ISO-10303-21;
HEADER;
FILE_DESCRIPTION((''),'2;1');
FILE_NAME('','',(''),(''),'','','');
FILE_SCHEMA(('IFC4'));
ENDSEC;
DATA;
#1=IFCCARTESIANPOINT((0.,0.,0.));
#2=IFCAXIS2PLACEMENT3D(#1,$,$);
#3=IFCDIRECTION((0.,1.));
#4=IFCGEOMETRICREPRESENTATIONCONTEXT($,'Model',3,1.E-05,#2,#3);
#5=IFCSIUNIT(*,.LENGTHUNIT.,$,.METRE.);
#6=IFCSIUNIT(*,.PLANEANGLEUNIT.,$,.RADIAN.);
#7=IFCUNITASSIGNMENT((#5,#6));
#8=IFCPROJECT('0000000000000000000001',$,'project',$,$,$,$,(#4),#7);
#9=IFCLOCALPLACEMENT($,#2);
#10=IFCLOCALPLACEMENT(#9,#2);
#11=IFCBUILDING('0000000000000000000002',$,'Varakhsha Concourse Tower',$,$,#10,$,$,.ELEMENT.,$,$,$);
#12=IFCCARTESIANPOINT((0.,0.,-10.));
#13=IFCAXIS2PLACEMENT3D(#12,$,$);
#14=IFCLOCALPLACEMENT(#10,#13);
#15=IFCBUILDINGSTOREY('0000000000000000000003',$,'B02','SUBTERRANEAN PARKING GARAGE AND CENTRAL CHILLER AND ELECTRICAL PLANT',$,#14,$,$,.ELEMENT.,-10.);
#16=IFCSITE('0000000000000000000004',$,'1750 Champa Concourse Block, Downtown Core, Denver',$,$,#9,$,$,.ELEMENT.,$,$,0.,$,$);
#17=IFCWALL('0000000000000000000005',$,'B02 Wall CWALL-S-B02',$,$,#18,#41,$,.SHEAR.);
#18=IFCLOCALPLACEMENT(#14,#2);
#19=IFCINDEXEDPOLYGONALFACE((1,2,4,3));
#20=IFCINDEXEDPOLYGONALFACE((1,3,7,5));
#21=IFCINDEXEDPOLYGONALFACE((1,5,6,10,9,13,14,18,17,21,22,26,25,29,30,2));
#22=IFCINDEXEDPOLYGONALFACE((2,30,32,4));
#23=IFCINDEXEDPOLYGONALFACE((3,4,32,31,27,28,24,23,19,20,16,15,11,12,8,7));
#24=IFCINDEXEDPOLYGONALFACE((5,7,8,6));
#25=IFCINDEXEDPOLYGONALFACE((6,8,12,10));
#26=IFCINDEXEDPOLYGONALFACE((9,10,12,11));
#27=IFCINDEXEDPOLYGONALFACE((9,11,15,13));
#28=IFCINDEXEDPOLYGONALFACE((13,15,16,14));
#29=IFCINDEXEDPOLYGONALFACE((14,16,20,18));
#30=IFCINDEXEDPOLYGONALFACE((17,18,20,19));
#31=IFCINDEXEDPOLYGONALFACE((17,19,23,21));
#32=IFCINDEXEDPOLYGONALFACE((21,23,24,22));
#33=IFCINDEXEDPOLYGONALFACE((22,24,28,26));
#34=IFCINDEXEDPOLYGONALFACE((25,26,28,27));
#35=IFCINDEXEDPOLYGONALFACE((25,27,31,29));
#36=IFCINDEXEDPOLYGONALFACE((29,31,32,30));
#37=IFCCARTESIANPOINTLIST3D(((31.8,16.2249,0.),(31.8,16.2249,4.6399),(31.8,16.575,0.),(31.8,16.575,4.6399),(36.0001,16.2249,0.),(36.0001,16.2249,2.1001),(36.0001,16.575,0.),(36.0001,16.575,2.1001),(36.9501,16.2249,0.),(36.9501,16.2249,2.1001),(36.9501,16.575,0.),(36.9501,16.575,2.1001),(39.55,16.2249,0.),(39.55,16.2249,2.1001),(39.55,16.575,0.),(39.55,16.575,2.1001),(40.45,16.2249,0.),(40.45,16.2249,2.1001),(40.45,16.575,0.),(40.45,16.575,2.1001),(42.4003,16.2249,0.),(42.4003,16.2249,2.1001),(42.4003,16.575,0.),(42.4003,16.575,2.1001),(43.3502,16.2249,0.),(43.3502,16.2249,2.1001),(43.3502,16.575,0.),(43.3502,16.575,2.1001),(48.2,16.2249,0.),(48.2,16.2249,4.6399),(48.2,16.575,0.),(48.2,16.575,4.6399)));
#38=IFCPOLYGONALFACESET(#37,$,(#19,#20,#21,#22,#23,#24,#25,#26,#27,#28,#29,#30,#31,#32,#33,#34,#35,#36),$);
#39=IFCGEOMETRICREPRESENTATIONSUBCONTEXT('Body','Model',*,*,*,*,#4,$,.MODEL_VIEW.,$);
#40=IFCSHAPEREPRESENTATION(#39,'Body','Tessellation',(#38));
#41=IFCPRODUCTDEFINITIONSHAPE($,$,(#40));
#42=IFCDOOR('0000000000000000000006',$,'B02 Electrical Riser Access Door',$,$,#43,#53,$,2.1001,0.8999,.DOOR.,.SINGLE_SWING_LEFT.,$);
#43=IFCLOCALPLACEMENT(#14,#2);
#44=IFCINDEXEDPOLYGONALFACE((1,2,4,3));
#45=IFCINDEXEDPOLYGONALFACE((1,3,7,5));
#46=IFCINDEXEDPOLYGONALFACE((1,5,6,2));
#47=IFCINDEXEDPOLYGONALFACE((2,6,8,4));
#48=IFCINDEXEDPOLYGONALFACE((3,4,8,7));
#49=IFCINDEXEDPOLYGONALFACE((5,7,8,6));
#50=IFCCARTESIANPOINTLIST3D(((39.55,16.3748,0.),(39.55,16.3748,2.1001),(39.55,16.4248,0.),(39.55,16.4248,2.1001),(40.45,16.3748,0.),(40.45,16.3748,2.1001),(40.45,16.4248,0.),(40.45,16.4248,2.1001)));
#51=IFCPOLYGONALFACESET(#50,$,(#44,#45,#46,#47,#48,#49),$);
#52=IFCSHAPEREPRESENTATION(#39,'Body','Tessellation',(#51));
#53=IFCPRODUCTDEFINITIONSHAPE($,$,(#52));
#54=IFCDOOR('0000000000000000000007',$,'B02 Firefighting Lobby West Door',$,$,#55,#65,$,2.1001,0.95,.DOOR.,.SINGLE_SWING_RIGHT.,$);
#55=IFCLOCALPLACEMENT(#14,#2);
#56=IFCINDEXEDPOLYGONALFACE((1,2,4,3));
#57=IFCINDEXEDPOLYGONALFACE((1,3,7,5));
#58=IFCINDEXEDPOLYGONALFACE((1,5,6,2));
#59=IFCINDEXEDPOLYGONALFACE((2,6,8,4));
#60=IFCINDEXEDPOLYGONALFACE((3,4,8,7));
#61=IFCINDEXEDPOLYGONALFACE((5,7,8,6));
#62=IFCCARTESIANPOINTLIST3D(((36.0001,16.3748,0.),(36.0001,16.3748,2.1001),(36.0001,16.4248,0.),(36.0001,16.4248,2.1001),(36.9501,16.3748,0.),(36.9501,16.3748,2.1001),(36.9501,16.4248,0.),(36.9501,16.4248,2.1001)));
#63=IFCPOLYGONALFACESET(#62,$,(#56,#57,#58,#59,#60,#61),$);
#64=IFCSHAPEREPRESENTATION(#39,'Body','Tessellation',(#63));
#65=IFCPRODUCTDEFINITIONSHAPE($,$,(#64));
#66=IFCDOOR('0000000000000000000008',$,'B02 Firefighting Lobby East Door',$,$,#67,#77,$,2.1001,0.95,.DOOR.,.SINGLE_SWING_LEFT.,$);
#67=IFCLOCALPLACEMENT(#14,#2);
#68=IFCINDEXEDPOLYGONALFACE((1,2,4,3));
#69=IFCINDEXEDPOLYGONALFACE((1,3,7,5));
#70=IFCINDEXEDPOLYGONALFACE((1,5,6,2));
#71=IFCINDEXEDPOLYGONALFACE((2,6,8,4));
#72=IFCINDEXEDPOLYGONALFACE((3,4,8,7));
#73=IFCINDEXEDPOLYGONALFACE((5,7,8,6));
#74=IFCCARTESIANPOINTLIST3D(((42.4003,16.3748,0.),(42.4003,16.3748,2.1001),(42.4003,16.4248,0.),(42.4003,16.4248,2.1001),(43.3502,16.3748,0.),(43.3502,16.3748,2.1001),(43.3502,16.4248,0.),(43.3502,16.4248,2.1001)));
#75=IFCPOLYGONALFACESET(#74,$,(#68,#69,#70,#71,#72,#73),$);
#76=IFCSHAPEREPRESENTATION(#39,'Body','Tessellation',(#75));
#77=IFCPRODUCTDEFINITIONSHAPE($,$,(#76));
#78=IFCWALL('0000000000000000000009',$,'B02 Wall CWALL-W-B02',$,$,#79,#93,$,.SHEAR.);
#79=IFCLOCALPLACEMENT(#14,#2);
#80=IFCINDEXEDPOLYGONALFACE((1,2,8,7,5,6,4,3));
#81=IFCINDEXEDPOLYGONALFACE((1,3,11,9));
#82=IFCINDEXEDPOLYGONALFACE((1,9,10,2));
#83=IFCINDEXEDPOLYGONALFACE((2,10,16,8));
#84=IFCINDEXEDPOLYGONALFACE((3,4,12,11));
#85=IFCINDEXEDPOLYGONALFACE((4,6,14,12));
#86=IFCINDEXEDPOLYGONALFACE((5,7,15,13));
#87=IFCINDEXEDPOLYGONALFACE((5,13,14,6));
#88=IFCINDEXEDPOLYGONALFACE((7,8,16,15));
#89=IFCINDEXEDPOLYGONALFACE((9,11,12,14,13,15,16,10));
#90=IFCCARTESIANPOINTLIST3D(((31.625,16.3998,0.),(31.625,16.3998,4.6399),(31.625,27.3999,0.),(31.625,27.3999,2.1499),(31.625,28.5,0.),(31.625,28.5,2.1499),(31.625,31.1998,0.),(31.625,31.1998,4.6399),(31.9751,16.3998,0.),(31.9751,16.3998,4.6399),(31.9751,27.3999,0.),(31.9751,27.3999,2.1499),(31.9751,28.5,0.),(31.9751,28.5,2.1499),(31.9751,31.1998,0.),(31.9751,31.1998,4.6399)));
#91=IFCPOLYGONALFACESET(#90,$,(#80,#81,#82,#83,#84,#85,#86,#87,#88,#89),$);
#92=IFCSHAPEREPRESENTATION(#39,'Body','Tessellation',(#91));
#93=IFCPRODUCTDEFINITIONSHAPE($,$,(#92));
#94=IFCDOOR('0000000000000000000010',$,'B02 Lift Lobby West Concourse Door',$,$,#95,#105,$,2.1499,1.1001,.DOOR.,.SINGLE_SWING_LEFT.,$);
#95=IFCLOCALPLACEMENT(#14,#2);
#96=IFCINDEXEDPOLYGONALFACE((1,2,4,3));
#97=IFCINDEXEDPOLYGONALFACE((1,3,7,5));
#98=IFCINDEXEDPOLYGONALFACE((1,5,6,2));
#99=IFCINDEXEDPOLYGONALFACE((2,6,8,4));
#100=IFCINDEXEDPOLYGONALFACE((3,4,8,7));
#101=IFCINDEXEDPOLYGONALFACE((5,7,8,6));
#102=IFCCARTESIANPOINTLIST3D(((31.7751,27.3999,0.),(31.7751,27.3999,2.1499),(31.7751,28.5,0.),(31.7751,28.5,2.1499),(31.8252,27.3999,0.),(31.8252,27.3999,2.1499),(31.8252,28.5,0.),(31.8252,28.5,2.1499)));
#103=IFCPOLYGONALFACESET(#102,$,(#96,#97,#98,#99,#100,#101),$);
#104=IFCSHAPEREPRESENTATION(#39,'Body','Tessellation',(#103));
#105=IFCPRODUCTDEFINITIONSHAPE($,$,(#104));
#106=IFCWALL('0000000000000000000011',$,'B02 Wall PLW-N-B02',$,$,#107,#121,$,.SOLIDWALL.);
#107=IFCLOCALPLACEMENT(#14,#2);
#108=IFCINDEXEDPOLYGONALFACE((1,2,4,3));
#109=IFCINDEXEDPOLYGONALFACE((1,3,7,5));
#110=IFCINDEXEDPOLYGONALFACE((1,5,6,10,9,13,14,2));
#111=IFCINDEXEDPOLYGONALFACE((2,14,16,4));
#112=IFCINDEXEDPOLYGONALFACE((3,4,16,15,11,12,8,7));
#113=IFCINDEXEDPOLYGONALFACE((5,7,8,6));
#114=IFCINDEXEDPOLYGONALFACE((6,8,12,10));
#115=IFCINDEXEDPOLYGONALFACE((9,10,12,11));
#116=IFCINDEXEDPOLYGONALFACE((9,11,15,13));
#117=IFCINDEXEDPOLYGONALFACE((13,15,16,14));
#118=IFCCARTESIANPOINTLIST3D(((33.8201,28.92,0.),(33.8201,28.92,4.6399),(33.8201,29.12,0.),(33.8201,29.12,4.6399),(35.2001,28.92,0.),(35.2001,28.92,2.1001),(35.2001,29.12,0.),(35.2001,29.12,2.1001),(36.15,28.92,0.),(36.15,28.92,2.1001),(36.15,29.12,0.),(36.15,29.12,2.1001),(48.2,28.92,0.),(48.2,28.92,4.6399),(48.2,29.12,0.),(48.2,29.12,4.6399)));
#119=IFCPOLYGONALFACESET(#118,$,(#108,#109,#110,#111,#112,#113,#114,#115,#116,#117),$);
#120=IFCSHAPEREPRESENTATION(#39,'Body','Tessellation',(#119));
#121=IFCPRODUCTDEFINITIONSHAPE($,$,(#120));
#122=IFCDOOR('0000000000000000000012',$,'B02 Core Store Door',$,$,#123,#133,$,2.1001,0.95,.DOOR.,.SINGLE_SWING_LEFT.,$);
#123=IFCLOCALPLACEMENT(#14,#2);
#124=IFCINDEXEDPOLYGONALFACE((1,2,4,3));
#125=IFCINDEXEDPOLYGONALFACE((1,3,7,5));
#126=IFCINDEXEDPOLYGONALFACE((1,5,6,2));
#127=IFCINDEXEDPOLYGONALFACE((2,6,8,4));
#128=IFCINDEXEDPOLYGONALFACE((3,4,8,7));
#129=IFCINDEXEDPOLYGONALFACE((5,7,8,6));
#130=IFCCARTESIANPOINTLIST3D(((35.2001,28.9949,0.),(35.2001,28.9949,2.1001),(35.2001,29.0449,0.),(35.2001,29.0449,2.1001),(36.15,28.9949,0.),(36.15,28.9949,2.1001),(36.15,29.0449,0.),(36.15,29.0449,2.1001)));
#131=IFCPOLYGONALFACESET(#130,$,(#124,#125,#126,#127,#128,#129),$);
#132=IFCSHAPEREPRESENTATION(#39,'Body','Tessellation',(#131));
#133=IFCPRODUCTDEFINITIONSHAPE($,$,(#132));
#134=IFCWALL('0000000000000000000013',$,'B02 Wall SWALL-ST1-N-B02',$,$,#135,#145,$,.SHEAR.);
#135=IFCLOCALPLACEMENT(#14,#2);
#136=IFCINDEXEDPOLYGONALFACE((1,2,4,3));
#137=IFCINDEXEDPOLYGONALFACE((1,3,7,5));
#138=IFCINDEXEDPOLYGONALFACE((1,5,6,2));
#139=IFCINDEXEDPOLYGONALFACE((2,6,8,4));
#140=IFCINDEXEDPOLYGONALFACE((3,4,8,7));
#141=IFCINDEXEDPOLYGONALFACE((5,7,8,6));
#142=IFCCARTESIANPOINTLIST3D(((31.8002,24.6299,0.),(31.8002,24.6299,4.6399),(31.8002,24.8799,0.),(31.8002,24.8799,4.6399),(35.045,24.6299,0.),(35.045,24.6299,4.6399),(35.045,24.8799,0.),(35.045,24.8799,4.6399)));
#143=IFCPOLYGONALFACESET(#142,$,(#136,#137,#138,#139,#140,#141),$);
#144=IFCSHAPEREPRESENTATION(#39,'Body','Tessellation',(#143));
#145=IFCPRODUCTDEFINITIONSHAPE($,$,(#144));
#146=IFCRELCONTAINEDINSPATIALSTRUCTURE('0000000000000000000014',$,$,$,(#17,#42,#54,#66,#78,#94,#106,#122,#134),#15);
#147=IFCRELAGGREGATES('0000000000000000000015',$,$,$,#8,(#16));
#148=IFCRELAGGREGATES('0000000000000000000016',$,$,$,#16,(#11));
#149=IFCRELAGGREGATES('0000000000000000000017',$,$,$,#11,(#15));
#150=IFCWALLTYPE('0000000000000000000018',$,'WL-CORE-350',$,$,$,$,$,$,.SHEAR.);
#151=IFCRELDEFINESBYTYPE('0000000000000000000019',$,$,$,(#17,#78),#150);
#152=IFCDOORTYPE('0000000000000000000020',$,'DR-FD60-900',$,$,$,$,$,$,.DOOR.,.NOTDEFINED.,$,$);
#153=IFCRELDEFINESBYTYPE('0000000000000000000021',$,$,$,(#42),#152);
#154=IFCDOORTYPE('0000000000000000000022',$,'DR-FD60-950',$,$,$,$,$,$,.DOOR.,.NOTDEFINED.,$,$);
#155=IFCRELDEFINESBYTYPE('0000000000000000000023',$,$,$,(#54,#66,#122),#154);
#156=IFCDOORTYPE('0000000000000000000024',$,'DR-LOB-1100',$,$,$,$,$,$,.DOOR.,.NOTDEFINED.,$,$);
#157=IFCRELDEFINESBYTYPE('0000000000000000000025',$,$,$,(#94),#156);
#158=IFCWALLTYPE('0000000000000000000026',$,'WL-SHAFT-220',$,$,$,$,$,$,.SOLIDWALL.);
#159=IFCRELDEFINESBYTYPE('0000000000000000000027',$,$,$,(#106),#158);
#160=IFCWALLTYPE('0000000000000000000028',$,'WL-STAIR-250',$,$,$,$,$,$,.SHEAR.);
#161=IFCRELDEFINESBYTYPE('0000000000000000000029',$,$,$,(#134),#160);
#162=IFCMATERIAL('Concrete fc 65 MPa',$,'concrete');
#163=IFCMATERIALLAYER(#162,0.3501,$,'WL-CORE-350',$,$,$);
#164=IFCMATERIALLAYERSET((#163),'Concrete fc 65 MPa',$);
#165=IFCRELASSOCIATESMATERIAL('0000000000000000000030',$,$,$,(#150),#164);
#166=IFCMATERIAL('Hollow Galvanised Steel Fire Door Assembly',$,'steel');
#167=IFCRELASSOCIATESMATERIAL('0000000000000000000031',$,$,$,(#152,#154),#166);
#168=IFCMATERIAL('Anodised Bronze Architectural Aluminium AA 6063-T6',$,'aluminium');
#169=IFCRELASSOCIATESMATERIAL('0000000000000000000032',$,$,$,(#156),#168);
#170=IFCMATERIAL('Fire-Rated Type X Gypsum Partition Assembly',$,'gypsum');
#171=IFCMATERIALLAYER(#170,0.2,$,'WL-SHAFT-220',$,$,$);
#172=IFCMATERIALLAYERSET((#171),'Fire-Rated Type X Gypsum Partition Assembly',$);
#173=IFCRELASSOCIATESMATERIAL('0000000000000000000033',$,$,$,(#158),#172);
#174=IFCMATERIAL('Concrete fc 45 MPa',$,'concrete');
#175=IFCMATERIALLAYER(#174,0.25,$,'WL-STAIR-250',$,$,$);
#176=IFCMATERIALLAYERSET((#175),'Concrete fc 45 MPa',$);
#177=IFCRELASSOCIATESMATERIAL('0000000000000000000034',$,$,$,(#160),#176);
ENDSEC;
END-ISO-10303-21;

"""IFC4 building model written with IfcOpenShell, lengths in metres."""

from ifc_helpers import new_model, si_unit, direction, frame, frame_2d, origin, place, context, subcontext, project, spatial, rectangle, extrude, material, layer, layer_set, type_object, element, fill, save


model = new_model("IFC4")

# Units and contexts
model_context = context("Model", 3, precision=1e-05, world=origin(), true_north=direction((0.0, 1.0)))
body_context = subcontext(model_context, "Body", "Model", "MODEL_VIEW")
ifc_project = project(units=[si_unit("LENGTHUNIT", "METRE"), si_unit("PLANEANGLEUNIT", "RADIAN")], contexts=[model_context])

# Site, building, storey
site_placement = place(None, origin())
site = spatial("IfcSite", under=ifc_project, at=site_placement, Name="1750 Champa Concourse Block, Downtown Core, Denver", CompositionType="ELEMENT", RefElevation=0.0)
building_placement = place(site_placement, origin())
building = spatial("IfcBuilding", under=site, at=building_placement, Name="Varakhsha Concourse Tower", CompositionType="ELEMENT")
storey_placement = place(building_placement, frame((0.0, 0.0, -10.0)))
storey = spatial("IfcBuildingStorey", under=building, at=storey_placement, Name="B02", Description="SUBTERRANEAN PARKING GARAGE AND CENTRAL CHILLER AND ELECTRICAL PLANT", CompositionType="ELEMENT", Elevation=-10.0)

# Shared definitions
ifc_material_1 = material(Name="Concrete fc 65 MPa", Category="concrete")

# Wall, openings, doors
ifc_layer_1 = layer(ifc_material_1, 0.3501, Name="WL-CORE-350")
ifc_layer_set_1 = layer_set([ifc_layer_1], Name="Concrete fc 65 MPa")
wall_type_1 = type_object("IfcWallType", Name="WL-CORE-350", PredefinedType="SHEAR", material=ifc_layer_set_1)
wall_1_placement = place(storey_placement, frame((31.8, 16.3999, 0.0), z_axis=(0.0, 0.0, 1.0), x_axis=(1.0, 0.0, 0.0)))
wall_1 = element("IfcWall", 1, at=wall_1_placement, inside=storey, type_object=wall_type_1, Name="B02 Wall CWALL-S-B02", PredefinedType="SHEAR", context=body_context, shape_type="SweptSolid", body=[
    extrude(rectangle(XDim=16.3999, YDim=0.3501, at=frame_2d((8.2, 0.0))), origin(), (0.0, 0.0, 1.0), 4.6399),
])
opening_1_placement = place(wall_1_placement, frame((7.75, 0.0, 0.0)))
opening_1 = element("IfcOpeningElement", 2, at=opening_1_placement, cuts=wall_1, PredefinedType="OPENING", context=body_context, shape_type="SweptSolid", body=[
    extrude(rectangle(XDim=0.8999, YDim=2.1001, at=frame_2d((0.45, 1.05))), frame((0.0, 0.1851, 0.0), z_axis=(0.0, -1.0, 0.0), x_axis=(1.0, 0.0, 0.0)), (0.0, 0.0, 1.0), 0.3701),
])
opening_2_placement = place(wall_1_placement, frame((4.2, 0.0, 0.0)))
opening_2 = element("IfcOpeningElement", 3, at=opening_2_placement, cuts=wall_1, PredefinedType="OPENING", context=body_context, shape_type="SweptSolid", body=[
    extrude(rectangle(XDim=0.95, YDim=2.1001, at=frame_2d((0.4751, 1.05))), frame((0.0, 0.1851, 0.0), z_axis=(0.0, -1.0, 0.0), x_axis=(1.0, 0.0, 0.0)), (0.0, 0.0, 1.0), 0.3701),
])
opening_3_placement = place(wall_1_placement, frame((10.6001, 0.0, 0.0)))
opening_3 = element("IfcOpeningElement", 4, at=opening_3_placement, cuts=wall_1, PredefinedType="OPENING", context=body_context, shape_type="SweptSolid", body=[
    extrude(rectangle(XDim=0.95, YDim=2.1001, at=frame_2d((0.4751, 1.05))), frame((0.0, 0.1851, 0.0), z_axis=(0.0, -1.0, 0.0), x_axis=(1.0, 0.0, 0.0)), (0.0, 0.0, 1.0), 0.3701),
])
ifc_material_2 = material(Name="Hollow Galvanised Steel Fire Door Assembly", Category="steel")
door_type_1 = type_object("IfcDoorType", Name="DR-FD60-900", OperationType="NOTDEFINED", PredefinedType="DOOR", material=ifc_material_2)
door_1_placement = place(opening_1_placement, origin())
door_1 = element("IfcDoor", 5, at=door_1_placement, inside=storey, type_object=door_type_1, Name="B02 Electrical Riser Access Door", OperationType="SINGLE_SWING_LEFT", OverallHeight=2.1001, OverallWidth=0.8999, PredefinedType="DOOR", context=body_context, shape_type="SweptSolid", body=[
    extrude(rectangle(XDim=0.8999, YDim=2.1001, at=frame_2d((0.45, 1.05))), frame((0.0, 0.0249, 0.0), z_axis=(0.0, -1.0, 0.0), x_axis=(1.0, 0.0, 0.0)), (0.0, 0.0, 1.0), 0.05),
])
fill(opening_1, door_1)
door_type_2 = type_object("IfcDoorType", Name="DR-FD60-950", OperationType="NOTDEFINED", PredefinedType="DOOR", material=ifc_material_2)
door_2_placement = place(opening_2_placement, origin())
door_2 = element("IfcDoor", 6, at=door_2_placement, inside=storey, type_object=door_type_2, Name="B02 Firefighting Lobby West Door", OperationType="SINGLE_SWING_RIGHT", OverallHeight=2.1001, OverallWidth=0.95, PredefinedType="DOOR", context=body_context, shape_type="SweptSolid", body=[
    extrude(rectangle(XDim=0.95, YDim=2.1001, at=frame_2d((0.4751, 1.05))), frame((0.0, 0.0249, 0.0), z_axis=(0.0, -1.0, 0.0), x_axis=(1.0, 0.0, 0.0)), (0.0, 0.0, 1.0), 0.05),
])
fill(opening_2, door_2)
door_3_placement = place(opening_3_placement, origin())
door_3 = element("IfcDoor", 7, at=door_3_placement, inside=storey, type_object=door_type_2, Name="B02 Firefighting Lobby East Door", OperationType="SINGLE_SWING_LEFT", OverallHeight=2.1001, OverallWidth=0.95, PredefinedType="DOOR", context=body_context, shape_type="SweptSolid", body=[
    extrude(rectangle(XDim=0.95, YDim=2.1001, at=frame_2d((0.4751, 1.05))), frame((0.0, 0.0249, 0.0), z_axis=(0.0, -1.0, 0.0), x_axis=(1.0, 0.0, 0.0)), (0.0, 0.0, 1.0), 0.05),
])
fill(opening_3, door_3)

# Walls, openings, doors
wall_2_placement = place(storey_placement, frame((31.8, 16.3999, 0.0), z_axis=(0.0, 0.0, 1.0), x_axis=(0.0, 1.0, 0.0)))
wall_2 = element("IfcWall", 8, at=wall_2_placement, inside=storey, type_object=wall_type_1, Name="B02 Wall CWALL-W-B02", PredefinedType="SHEAR", context=body_context, shape_type="SweptSolid", body=[
    extrude(rectangle(XDim=14.8, YDim=0.3501, at=frame_2d((7.3999, 0.0))), origin(), (0.0, 0.0, 1.0), 4.6399),
])
opening_4_placement = place(wall_2_placement, frame((11.0, 0.0, 0.0)))
opening_4 = element("IfcOpeningElement", 9, at=opening_4_placement, cuts=wall_2, PredefinedType="OPENING", context=body_context, shape_type="SweptSolid", body=[
    extrude(rectangle(XDim=1.1001, YDim=2.1499, at=frame_2d((0.55, 1.075))), frame((0.0, 0.1851, 0.0), z_axis=(0.0, -1.0, 0.0), x_axis=(1.0, 0.0, 0.0)), (0.0, 0.0, 1.0), 0.3701),
])
ifc_material_3 = material(Name="Anodised Bronze Architectural Aluminium AA 6063-T6", Category="aluminium")
door_type_3 = type_object("IfcDoorType", Name="DR-LOB-1100", OperationType="NOTDEFINED", PredefinedType="DOOR", material=ifc_material_3)
door_4_placement = place(opening_4_placement, origin())
door_4 = element("IfcDoor", 10, at=door_4_placement, inside=storey, type_object=door_type_3, Name="B02 Lift Lobby West Concourse Door", OperationType="SINGLE_SWING_LEFT", OverallHeight=2.1499, OverallWidth=1.1001, PredefinedType="DOOR", context=body_context, shape_type="SweptSolid", body=[
    extrude(rectangle(XDim=1.1001, YDim=2.1499, at=frame_2d((0.55, 1.075))), frame((0.0, 0.0249, 0.0), z_axis=(0.0, -1.0, 0.0), x_axis=(1.0, 0.0, 0.0)), (0.0, 0.0, 1.0), 0.05),
])
fill(opening_4, door_4)
ifc_material_4 = material(Name="Fire-Rated Type X Gypsum Partition Assembly", Category="gypsum")
ifc_layer_2 = layer(ifc_material_4, 0.2, Name="WL-SHAFT-220")
ifc_layer_set_2 = layer_set([ifc_layer_2], Name="Fire-Rated Type X Gypsum Partition Assembly")
wall_type_2 = type_object("IfcWallType", Name="WL-SHAFT-220", PredefinedType="SOLIDWALL", material=ifc_layer_set_2)
wall_3_placement = place(storey_placement, frame((33.8201, 29.02, 0.0), z_axis=(0.0, 0.0, 1.0), x_axis=(1.0, 0.0, 0.0)))
wall_3 = element("IfcWall", 11, at=wall_3_placement, inside=storey, type_object=wall_type_2, Name="B02 Wall PLW-N-B02", PredefinedType="SOLIDWALL", context=body_context, shape_type="SweptSolid", body=[
    extrude(rectangle(XDim=14.3799, YDim=0.2, at=frame_2d((7.1899, 0.0))), origin(), (0.0, 0.0, 1.0), 4.6399),
])
opening_5_placement = place(wall_3_placement, frame((1.3799, 0.0, 0.0)))
opening_5 = element("IfcOpeningElement", 12, at=opening_5_placement, cuts=wall_3, PredefinedType="OPENING", context=body_context, shape_type="SweptSolid", body=[
    extrude(rectangle(XDim=0.95, YDim=2.1001, at=frame_2d((0.4751, 1.05))), frame((0.0, 0.1099, 0.0), z_axis=(0.0, -1.0, 0.0), x_axis=(1.0, 0.0, 0.0)), (0.0, 0.0, 1.0), 0.22),
])
door_5_placement = place(opening_5_placement, origin())
door_5 = element("IfcDoor", 13, at=door_5_placement, inside=storey, type_object=door_type_2, Name="B02 Core Store Door", OperationType="SINGLE_SWING_LEFT", OverallHeight=2.1001, OverallWidth=0.95, PredefinedType="DOOR", context=body_context, shape_type="SweptSolid", body=[
    extrude(rectangle(XDim=0.95, YDim=2.1001, at=frame_2d((0.4751, 1.05))), frame((0.0, 0.0249, 0.0), z_axis=(0.0, -1.0, 0.0), x_axis=(1.0, 0.0, 0.0)), (0.0, 0.0, 1.0), 0.05),
])
fill(opening_5, door_5)

# Wall
ifc_material_5 = material(Name="Concrete fc 45 MPa", Category="concrete")
ifc_layer_3 = layer(ifc_material_5, 0.25, Name="WL-STAIR-250")
ifc_layer_set_3 = layer_set([ifc_layer_3], Name="Concrete fc 45 MPa")
wall_type_3 = type_object("IfcWallType", Name="WL-STAIR-250", PredefinedType="SHEAR", material=ifc_layer_set_3)
wall_4_placement = place(storey_placement, frame((31.8, 24.7549, 0.0), z_axis=(0.0, 0.0, 1.0), x_axis=(1.0, 0.0, 0.0)))
element("IfcWall", 14, at=wall_4_placement, inside=storey, type_object=wall_type_3, Name="B02 Wall SWALL-ST1-N-B02", PredefinedType="SHEAR", context=body_context, shape_type="SweptSolid", body=[
    extrude(rectangle(XDim=3.2449, YDim=0.25, at=frame_2d((1.6226, 0.0))), origin(), (0.0, 0.0, 1.0), 4.6399),
])

save(model, "model.ifc")
